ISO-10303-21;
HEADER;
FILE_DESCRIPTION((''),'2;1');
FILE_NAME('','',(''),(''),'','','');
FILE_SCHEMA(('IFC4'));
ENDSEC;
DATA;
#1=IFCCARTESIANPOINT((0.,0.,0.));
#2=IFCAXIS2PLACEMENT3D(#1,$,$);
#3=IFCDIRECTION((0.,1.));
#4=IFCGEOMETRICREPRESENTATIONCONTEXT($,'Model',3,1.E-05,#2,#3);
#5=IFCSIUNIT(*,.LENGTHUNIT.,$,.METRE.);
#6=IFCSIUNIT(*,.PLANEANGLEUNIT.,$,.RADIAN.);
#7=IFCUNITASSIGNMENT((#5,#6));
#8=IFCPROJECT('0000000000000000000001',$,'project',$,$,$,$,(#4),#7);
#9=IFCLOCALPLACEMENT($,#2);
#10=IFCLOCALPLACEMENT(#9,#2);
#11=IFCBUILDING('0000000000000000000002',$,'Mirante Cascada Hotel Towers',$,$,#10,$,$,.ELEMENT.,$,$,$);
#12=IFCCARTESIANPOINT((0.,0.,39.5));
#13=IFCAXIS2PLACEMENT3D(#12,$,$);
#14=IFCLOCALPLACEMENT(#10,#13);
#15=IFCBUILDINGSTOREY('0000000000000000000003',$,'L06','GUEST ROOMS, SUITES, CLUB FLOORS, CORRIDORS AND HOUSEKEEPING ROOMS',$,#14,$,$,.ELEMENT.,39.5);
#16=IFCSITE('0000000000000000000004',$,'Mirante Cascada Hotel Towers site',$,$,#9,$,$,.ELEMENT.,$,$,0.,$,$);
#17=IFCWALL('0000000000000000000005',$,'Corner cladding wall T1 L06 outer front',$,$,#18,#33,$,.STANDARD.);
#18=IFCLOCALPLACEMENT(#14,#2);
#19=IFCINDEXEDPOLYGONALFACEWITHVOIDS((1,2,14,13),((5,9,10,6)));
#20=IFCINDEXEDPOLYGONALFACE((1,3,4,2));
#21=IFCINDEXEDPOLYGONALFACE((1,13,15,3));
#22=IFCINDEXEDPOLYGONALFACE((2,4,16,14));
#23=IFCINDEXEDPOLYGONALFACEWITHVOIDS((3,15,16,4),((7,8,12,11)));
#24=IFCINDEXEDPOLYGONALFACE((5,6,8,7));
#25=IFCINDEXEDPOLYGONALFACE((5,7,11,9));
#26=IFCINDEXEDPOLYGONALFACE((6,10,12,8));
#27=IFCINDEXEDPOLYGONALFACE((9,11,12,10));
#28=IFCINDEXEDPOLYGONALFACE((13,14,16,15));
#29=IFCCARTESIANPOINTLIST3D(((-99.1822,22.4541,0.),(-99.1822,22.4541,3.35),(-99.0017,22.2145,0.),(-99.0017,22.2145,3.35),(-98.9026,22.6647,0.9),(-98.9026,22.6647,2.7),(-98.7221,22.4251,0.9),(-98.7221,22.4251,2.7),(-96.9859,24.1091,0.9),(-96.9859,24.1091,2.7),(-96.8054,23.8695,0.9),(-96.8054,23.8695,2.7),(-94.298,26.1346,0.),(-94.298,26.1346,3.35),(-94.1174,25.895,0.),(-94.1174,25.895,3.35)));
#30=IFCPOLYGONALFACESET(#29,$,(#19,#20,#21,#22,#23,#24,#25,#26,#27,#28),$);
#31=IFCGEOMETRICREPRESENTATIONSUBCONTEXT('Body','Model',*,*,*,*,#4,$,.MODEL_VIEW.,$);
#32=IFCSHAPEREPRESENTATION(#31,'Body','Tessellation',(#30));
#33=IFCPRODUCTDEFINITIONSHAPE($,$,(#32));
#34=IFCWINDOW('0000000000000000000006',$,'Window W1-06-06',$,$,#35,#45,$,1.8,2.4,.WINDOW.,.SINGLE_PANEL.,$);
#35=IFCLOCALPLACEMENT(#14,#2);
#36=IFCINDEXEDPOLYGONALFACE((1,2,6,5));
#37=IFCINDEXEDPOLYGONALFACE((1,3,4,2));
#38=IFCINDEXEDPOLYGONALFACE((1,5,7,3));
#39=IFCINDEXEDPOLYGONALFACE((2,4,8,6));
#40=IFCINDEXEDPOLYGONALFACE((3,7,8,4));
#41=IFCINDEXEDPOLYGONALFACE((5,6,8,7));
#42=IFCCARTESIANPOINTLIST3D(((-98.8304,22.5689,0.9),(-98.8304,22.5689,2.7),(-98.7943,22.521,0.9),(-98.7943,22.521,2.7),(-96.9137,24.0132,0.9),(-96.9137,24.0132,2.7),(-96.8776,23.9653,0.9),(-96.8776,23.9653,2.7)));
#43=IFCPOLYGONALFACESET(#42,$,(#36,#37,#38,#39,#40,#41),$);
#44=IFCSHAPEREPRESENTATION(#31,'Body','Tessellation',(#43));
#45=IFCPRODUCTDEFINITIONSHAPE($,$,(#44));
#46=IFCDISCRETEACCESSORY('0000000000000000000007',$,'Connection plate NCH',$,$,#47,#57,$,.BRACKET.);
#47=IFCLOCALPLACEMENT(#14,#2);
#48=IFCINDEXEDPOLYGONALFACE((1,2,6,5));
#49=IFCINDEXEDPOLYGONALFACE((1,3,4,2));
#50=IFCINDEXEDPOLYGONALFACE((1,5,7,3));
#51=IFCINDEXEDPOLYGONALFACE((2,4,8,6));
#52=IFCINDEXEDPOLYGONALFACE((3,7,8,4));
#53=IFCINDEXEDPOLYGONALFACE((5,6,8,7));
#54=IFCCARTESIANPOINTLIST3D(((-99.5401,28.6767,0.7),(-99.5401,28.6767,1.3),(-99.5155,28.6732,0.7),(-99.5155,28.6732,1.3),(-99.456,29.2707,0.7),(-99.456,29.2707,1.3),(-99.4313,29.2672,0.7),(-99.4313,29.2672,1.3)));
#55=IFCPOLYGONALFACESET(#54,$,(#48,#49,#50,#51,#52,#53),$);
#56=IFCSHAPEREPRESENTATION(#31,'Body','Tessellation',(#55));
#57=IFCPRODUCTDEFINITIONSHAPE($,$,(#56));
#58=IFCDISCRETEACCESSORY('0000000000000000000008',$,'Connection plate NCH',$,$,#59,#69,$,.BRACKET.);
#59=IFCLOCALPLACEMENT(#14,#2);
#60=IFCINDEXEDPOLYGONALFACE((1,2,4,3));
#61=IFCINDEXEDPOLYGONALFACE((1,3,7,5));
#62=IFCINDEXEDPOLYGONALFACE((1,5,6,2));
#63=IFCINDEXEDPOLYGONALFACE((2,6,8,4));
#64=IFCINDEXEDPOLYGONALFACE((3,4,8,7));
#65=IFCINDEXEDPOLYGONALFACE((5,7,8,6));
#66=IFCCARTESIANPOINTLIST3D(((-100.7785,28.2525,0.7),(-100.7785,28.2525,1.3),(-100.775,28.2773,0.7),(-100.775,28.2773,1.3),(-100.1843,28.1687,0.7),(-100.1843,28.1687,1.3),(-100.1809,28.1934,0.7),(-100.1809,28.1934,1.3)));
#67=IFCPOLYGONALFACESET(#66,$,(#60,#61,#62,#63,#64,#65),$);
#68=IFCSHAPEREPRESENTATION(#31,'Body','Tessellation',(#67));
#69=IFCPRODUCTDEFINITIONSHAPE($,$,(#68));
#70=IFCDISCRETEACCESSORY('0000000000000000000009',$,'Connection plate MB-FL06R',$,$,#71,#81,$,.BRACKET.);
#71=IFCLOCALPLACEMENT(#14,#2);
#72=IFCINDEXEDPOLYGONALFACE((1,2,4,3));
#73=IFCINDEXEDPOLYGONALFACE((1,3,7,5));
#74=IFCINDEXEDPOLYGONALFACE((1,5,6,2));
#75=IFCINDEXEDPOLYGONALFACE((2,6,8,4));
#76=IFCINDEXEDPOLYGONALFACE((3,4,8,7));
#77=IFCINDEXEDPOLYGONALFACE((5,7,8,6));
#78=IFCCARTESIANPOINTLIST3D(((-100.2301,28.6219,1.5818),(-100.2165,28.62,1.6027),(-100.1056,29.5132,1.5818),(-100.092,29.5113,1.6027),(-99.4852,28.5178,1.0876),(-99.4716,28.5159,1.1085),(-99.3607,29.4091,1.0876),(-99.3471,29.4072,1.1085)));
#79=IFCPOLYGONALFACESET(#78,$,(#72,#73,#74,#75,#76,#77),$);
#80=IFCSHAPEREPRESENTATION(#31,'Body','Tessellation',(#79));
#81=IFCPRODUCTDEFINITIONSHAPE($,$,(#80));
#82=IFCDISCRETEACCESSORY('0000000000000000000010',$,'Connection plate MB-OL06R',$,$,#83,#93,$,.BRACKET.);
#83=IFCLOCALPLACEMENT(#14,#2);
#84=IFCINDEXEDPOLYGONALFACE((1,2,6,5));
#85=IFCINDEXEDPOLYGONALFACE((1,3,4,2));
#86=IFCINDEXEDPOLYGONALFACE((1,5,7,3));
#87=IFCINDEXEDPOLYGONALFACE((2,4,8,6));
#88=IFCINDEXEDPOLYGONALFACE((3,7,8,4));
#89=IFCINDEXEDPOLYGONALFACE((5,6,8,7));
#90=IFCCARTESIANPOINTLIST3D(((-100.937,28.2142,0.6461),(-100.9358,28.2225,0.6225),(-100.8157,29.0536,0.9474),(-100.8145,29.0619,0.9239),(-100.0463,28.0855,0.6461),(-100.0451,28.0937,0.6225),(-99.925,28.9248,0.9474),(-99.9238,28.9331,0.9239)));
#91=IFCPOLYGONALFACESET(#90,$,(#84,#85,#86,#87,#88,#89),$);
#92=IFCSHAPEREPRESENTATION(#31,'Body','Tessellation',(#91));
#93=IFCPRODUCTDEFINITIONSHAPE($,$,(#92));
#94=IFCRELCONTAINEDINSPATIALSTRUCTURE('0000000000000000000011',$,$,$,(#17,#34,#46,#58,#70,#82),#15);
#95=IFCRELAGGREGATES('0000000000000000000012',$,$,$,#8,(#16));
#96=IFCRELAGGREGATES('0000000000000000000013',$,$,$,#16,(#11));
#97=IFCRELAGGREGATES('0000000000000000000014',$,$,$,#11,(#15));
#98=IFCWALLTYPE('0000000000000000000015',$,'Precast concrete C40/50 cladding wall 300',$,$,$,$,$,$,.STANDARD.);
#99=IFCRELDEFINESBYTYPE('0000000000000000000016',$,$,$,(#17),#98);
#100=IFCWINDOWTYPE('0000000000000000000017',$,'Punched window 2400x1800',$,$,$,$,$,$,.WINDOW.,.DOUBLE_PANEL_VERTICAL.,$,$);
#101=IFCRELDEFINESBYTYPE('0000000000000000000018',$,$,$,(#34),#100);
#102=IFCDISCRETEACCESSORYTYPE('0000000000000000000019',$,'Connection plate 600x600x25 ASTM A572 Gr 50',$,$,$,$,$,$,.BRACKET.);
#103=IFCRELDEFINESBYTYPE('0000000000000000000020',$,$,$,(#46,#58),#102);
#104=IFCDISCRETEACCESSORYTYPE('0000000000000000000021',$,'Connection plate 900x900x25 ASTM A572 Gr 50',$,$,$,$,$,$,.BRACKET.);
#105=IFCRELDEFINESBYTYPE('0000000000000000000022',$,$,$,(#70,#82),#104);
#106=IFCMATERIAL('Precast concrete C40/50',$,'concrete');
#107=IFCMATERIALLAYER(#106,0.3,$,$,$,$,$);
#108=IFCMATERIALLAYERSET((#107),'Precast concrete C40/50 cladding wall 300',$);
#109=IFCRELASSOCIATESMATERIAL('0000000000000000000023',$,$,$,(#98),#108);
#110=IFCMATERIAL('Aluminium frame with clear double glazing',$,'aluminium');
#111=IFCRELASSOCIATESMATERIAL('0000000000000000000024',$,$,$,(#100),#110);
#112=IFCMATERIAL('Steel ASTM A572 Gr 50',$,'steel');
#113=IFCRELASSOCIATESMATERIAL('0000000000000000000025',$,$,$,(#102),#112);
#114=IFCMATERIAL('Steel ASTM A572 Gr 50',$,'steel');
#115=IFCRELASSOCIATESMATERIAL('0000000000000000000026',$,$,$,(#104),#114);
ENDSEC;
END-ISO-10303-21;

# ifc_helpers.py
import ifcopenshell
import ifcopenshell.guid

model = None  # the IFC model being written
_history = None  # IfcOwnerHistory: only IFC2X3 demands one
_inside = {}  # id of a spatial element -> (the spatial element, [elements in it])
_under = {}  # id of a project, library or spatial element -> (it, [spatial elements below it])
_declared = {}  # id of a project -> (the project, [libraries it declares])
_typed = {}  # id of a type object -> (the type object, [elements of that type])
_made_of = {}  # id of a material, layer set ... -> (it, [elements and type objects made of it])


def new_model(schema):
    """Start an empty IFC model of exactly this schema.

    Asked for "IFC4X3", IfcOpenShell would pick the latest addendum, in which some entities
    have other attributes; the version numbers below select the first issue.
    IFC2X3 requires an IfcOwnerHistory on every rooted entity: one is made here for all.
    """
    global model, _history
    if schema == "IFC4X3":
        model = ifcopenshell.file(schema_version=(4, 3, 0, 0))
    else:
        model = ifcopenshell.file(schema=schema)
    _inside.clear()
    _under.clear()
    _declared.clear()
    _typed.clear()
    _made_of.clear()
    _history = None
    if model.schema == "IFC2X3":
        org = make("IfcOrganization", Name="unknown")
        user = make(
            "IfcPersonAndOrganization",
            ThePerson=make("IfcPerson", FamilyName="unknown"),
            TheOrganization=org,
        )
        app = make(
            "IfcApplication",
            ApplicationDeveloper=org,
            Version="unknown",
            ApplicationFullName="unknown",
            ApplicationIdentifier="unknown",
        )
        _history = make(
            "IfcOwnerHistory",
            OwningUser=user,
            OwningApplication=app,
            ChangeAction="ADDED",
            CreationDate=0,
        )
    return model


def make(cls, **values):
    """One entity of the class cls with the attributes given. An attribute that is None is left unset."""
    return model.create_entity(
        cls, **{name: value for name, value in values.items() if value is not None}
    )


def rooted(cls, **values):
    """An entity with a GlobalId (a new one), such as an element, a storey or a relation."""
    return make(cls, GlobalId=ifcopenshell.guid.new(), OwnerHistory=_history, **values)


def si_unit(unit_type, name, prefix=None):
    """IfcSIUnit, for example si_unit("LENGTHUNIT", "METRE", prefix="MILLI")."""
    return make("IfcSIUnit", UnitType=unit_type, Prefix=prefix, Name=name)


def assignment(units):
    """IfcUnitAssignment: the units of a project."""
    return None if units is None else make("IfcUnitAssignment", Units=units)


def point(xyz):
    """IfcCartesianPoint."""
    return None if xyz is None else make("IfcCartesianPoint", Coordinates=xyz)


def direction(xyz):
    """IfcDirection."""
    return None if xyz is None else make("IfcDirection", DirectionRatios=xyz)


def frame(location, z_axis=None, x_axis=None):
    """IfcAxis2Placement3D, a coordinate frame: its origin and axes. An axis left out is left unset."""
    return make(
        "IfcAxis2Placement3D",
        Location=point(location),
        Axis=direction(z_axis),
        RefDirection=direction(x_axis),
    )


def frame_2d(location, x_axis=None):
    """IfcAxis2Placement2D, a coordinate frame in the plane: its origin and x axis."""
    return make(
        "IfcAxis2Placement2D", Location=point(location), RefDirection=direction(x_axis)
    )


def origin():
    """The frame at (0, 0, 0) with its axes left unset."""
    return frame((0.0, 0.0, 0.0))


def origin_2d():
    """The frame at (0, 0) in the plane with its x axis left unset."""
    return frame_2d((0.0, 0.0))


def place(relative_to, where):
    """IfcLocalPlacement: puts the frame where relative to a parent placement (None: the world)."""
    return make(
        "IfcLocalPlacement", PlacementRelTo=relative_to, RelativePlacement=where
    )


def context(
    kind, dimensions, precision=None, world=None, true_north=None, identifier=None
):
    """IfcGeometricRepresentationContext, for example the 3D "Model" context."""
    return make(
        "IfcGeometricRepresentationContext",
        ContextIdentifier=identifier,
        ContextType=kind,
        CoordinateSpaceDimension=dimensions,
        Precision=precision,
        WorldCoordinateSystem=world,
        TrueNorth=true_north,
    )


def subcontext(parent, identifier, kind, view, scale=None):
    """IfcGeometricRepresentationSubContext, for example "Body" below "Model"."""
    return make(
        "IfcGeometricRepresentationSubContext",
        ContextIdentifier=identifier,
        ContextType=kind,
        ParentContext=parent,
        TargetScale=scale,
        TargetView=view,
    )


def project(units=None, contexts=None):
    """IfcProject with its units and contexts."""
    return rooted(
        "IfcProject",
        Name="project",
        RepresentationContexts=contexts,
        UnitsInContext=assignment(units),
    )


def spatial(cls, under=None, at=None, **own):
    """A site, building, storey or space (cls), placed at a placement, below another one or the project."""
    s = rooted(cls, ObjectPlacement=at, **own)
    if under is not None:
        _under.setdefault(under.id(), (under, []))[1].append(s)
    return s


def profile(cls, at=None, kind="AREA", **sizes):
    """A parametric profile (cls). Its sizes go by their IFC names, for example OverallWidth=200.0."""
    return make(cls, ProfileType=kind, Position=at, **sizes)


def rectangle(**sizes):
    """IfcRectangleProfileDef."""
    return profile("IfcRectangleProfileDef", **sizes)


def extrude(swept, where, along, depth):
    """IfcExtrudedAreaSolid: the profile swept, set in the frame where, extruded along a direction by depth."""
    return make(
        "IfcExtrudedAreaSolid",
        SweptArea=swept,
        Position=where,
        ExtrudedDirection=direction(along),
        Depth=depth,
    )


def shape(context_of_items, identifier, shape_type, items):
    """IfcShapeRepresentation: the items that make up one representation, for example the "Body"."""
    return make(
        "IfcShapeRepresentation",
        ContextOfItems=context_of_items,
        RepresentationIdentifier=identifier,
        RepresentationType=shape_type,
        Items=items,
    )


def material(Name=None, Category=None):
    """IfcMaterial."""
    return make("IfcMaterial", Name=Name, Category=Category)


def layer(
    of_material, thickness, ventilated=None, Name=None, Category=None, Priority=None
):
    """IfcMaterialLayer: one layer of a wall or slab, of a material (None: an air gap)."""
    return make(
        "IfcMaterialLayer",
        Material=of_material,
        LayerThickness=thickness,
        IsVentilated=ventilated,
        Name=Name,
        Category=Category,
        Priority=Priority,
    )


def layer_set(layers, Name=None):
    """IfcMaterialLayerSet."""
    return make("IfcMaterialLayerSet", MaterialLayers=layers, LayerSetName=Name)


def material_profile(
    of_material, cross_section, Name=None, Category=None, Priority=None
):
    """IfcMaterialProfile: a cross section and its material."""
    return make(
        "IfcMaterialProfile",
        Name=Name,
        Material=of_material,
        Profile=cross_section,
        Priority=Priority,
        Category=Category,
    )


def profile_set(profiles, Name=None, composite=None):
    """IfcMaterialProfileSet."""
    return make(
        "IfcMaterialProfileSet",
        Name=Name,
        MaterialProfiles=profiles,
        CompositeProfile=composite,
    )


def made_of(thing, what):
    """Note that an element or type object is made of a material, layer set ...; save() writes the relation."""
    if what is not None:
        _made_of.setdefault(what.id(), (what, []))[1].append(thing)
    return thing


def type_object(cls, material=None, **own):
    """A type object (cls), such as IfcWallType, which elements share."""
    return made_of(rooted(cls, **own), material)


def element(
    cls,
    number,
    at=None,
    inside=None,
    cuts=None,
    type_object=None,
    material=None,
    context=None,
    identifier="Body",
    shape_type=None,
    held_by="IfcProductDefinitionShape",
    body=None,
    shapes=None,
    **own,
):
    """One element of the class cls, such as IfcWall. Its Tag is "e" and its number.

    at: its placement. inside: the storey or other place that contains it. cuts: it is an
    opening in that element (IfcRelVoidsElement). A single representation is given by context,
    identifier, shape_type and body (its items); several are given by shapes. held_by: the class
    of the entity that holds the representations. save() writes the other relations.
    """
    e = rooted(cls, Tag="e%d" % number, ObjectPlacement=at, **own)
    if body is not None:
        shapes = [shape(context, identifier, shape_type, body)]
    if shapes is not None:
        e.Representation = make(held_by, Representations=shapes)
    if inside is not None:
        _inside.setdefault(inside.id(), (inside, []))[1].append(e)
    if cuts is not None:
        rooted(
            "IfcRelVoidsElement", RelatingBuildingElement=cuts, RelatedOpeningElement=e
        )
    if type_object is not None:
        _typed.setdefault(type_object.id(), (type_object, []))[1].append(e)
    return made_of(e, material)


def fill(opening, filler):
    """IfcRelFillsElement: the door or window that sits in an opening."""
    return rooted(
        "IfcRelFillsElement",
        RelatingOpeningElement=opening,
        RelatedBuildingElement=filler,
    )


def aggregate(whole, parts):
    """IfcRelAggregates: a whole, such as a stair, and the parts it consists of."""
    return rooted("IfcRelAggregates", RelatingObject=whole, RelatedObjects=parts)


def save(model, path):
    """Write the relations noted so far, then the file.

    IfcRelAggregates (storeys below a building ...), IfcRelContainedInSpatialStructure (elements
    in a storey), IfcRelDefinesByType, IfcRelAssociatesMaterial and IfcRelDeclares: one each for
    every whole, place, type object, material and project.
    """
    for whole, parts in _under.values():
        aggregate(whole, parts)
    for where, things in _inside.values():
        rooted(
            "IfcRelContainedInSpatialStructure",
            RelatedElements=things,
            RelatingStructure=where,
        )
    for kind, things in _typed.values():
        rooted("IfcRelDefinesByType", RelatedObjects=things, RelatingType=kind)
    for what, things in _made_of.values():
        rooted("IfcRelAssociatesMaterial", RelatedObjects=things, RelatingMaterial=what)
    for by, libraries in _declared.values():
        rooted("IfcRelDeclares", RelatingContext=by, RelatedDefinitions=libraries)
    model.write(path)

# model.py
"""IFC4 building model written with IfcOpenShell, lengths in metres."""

from ifc_helpers import new_model, si_unit, direction, frame, frame_2d, origin, origin_2d, place, context, subcontext, project, spatial, rectangle, extrude, material, layer, layer_set, material_profile, profile_set, type_object, element, fill, save


model = new_model("IFC4")

# Units and contexts
model_context = context("Model", 3, precision=1e-05, world=origin(), true_north=direction((0.0, 1.0)))
body_context = subcontext(model_context, "Body", "Model", "MODEL_VIEW")
ifc_project = project(units=[si_unit("LENGTHUNIT", "METRE"), si_unit("PLANEANGLEUNIT", "RADIAN")], contexts=[model_context])

# Site, building, storey
site_placement = place(None, origin())
site = spatial("IfcSite", under=ifc_project, at=site_placement, Name="Mirante Cascada Hotel Towers site", CompositionType="ELEMENT", RefElevation=0.0)
building_placement = place(site_placement, origin())
building = spatial("IfcBuilding", under=site, at=building_placement, Name="Mirante Cascada Hotel Towers", CompositionType="ELEMENT")
storey_placement = place(building_placement, frame((0.0, 0.0, 39.5)))
storey = spatial("IfcBuildingStorey", under=building, at=storey_placement, Name="L06", Description="GUEST ROOMS, SUITES, CLUB FLOORS, CORRIDORS AND HOUSEKEEPING ROOMS", CompositionType="ELEMENT", Elevation=39.5)

# Wall, opening, window
ifc_material_1 = material(Name="Precast concrete C40/50", Category="concrete")
ifc_layer_1 = layer(ifc_material_1, 0.3)
ifc_layer_set_1 = layer_set([ifc_layer_1], Name="Precast concrete C40/50 cladding wall 300")
wall_type = type_object("IfcWallType", Name="Precast concrete C40/50 cladding wall 300", PredefinedType="STANDARD", material=ifc_layer_set_1)
wall_placement = place(storey_placement, frame((-99.0919, 22.3343, 0.0), z_axis=(0.0, 0.0, 1.0), x_axis=(0.798636, 0.601814, 0.0)))
wall = element("IfcWall", 1, at=wall_placement, inside=storey, type_object=wall_type, Name="Corner cladding wall T1 L06 outer front", PredefinedType="STANDARD", context=body_context, shape_type="SweptSolid", body=[
    extrude(rectangle(XDim=6.1157, YDim=0.3, at=frame_2d((3.0578, 0.0))), origin(), (0.0, 0.0, 1.0), 3.35),
])
opening_placement = place(wall_placement, frame((0.35, 0.0, 0.9)))
opening = element("IfcOpeningElement", 2, at=opening_placement, cuts=wall, PredefinedType="OPENING", context=body_context, shape_type="SweptSolid", body=[
    extrude(rectangle(XDim=2.4, YDim=1.8, at=frame_2d((1.2, 0.9))), frame((0.0, 0.15, 0.0), z_axis=(0.0, -1.0, 0.0), x_axis=(1.0, 0.0, 0.0)), (0.0, 0.0, 1.0), 0.3),
])
ifc_material_2 = material(Name="Aluminium frame with clear double glazing", Category="aluminium")
window_type = type_object("IfcWindowType", Name="Punched window 2400x1800", PartitioningType="DOUBLE_PANEL_VERTICAL", PredefinedType="WINDOW", material=ifc_material_2)
window_placement = place(opening_placement, origin())
window = element("IfcWindow", 3, at=window_placement, inside=storey, type_object=window_type, Name="Window W1-06-06", OverallHeight=1.8, OverallWidth=2.4, PartitioningType="SINGLE_PANEL", PredefinedType="WINDOW", context=body_context, shape_type="SweptSolid", body=[
    extrude(rectangle(XDim=2.4, YDim=1.8, at=frame_2d((1.2, 0.9))), frame((0.0, 0.03, 0.0), z_axis=(0.0, -1.0, 0.0), x_axis=(1.0, 0.0, 0.0)), (0.0, 0.0, 1.0), 0.06),
])
fill(opening, window)

# Discrete accessories
ifc_material_3 = material(Name="Steel ASTM A572 Gr 50", Category="steel")
ifc_material_profile_1 = material_profile(ifc_material_3, rectangle(XDim=0.6, YDim=0.6, at=origin_2d()), Name="Connection plate 600x600x25 ASTM A572 Gr 50")
ifc_profile_set_1 = profile_set([ifc_material_profile_1], Name="Steel ASTM A572 Gr 50")
discrete_accessory_type_1 = type_object("IfcDiscreteAccessoryType", Name="Connection plate 600x600x25 ASTM A572 Gr 50", PredefinedType="BRACKET", material=ifc_profile_set_1)
discrete_accessory_1_placement = place(storey_placement, frame((-99.4734, 28.9702, 1.0), z_axis=(-0.990109, 0.140299, 0.0), x_axis=(-0.140299, -0.990109, 0.0)))
element("IfcDiscreteAccessory", 4, at=discrete_accessory_1_placement, inside=storey, type_object=discrete_accessory_type_1, Name="Connection plate NCH", PredefinedType="BRACKET", context=body_context, shape_type="SweptSolid", body=[
    extrude(rectangle(XDim=0.6, YDim=0.6, at=origin_2d()), origin(), (0.0, 0.0, 1.0), 0.0249),
])
discrete_accessory_2_placement = place(storey_placement, frame((-100.4814, 28.2106, 1.0), z_axis=(0.139744, 0.990188, 0.0), x_axis=(-0.990188, 0.139744, 0.0)))
element("IfcDiscreteAccessory", 5, at=discrete_accessory_2_placement, inside=storey, type_object=discrete_accessory_type_1, Name="Connection plate NCH", PredefinedType="BRACKET", context=body_context, shape_type="SweptSolid", body=[
    extrude(rectangle(XDim=0.6, YDim=0.6, at=origin_2d()), origin(), (0.0, 0.0, 1.0), 0.025),
])
ifc_material_4 = material(Name="Steel ASTM A572 Gr 50", Category="steel")
ifc_material_profile_2 = material_profile(ifc_material_4, rectangle(XDim=0.9, YDim=0.9, at=origin_2d()), Name="Connection plate 900x900x25 ASTM A572 Gr 50")
ifc_profile_set_2 = profile_set([ifc_material_profile_2], Name="Steel ASTM A572 Gr 50")
discrete_accessory_type_2 = type_object("IfcDiscreteAccessoryType", Name="Connection plate 900x900x25 ASTM A572 Gr 50", PredefinedType="BRACKET", material=ifc_profile_set_2)
for number, where, z_axis, x_axis, name in (
    (6, (-99.7954, 29.0155, 1.3347), (0.543835, -0.075977, 0.835746), (0.138362, 0.990382, 0.0), "Connection plate MB-FL06R"),
    (7, (-100.4298, 28.5778, 0.7732), (-0.047912, -0.331393, 0.942275), (0.98971, -0.143091, 0.0), "Connection plate MB-OL06R"),
):
    element("IfcDiscreteAccessory", number, at=place(storey_placement, frame(where, z_axis=z_axis, x_axis=x_axis)), inside=storey, type_object=discrete_accessory_type_2, Name=name, PredefinedType="BRACKET", context=body_context, shape_type="SweptSolid", body=[
        extrude(rectangle(XDim=0.9, YDim=0.9, at=origin_2d()), origin(), (0.0, 0.0, 1.0), 0.025),
    ])

save(model, "model.ifc")
